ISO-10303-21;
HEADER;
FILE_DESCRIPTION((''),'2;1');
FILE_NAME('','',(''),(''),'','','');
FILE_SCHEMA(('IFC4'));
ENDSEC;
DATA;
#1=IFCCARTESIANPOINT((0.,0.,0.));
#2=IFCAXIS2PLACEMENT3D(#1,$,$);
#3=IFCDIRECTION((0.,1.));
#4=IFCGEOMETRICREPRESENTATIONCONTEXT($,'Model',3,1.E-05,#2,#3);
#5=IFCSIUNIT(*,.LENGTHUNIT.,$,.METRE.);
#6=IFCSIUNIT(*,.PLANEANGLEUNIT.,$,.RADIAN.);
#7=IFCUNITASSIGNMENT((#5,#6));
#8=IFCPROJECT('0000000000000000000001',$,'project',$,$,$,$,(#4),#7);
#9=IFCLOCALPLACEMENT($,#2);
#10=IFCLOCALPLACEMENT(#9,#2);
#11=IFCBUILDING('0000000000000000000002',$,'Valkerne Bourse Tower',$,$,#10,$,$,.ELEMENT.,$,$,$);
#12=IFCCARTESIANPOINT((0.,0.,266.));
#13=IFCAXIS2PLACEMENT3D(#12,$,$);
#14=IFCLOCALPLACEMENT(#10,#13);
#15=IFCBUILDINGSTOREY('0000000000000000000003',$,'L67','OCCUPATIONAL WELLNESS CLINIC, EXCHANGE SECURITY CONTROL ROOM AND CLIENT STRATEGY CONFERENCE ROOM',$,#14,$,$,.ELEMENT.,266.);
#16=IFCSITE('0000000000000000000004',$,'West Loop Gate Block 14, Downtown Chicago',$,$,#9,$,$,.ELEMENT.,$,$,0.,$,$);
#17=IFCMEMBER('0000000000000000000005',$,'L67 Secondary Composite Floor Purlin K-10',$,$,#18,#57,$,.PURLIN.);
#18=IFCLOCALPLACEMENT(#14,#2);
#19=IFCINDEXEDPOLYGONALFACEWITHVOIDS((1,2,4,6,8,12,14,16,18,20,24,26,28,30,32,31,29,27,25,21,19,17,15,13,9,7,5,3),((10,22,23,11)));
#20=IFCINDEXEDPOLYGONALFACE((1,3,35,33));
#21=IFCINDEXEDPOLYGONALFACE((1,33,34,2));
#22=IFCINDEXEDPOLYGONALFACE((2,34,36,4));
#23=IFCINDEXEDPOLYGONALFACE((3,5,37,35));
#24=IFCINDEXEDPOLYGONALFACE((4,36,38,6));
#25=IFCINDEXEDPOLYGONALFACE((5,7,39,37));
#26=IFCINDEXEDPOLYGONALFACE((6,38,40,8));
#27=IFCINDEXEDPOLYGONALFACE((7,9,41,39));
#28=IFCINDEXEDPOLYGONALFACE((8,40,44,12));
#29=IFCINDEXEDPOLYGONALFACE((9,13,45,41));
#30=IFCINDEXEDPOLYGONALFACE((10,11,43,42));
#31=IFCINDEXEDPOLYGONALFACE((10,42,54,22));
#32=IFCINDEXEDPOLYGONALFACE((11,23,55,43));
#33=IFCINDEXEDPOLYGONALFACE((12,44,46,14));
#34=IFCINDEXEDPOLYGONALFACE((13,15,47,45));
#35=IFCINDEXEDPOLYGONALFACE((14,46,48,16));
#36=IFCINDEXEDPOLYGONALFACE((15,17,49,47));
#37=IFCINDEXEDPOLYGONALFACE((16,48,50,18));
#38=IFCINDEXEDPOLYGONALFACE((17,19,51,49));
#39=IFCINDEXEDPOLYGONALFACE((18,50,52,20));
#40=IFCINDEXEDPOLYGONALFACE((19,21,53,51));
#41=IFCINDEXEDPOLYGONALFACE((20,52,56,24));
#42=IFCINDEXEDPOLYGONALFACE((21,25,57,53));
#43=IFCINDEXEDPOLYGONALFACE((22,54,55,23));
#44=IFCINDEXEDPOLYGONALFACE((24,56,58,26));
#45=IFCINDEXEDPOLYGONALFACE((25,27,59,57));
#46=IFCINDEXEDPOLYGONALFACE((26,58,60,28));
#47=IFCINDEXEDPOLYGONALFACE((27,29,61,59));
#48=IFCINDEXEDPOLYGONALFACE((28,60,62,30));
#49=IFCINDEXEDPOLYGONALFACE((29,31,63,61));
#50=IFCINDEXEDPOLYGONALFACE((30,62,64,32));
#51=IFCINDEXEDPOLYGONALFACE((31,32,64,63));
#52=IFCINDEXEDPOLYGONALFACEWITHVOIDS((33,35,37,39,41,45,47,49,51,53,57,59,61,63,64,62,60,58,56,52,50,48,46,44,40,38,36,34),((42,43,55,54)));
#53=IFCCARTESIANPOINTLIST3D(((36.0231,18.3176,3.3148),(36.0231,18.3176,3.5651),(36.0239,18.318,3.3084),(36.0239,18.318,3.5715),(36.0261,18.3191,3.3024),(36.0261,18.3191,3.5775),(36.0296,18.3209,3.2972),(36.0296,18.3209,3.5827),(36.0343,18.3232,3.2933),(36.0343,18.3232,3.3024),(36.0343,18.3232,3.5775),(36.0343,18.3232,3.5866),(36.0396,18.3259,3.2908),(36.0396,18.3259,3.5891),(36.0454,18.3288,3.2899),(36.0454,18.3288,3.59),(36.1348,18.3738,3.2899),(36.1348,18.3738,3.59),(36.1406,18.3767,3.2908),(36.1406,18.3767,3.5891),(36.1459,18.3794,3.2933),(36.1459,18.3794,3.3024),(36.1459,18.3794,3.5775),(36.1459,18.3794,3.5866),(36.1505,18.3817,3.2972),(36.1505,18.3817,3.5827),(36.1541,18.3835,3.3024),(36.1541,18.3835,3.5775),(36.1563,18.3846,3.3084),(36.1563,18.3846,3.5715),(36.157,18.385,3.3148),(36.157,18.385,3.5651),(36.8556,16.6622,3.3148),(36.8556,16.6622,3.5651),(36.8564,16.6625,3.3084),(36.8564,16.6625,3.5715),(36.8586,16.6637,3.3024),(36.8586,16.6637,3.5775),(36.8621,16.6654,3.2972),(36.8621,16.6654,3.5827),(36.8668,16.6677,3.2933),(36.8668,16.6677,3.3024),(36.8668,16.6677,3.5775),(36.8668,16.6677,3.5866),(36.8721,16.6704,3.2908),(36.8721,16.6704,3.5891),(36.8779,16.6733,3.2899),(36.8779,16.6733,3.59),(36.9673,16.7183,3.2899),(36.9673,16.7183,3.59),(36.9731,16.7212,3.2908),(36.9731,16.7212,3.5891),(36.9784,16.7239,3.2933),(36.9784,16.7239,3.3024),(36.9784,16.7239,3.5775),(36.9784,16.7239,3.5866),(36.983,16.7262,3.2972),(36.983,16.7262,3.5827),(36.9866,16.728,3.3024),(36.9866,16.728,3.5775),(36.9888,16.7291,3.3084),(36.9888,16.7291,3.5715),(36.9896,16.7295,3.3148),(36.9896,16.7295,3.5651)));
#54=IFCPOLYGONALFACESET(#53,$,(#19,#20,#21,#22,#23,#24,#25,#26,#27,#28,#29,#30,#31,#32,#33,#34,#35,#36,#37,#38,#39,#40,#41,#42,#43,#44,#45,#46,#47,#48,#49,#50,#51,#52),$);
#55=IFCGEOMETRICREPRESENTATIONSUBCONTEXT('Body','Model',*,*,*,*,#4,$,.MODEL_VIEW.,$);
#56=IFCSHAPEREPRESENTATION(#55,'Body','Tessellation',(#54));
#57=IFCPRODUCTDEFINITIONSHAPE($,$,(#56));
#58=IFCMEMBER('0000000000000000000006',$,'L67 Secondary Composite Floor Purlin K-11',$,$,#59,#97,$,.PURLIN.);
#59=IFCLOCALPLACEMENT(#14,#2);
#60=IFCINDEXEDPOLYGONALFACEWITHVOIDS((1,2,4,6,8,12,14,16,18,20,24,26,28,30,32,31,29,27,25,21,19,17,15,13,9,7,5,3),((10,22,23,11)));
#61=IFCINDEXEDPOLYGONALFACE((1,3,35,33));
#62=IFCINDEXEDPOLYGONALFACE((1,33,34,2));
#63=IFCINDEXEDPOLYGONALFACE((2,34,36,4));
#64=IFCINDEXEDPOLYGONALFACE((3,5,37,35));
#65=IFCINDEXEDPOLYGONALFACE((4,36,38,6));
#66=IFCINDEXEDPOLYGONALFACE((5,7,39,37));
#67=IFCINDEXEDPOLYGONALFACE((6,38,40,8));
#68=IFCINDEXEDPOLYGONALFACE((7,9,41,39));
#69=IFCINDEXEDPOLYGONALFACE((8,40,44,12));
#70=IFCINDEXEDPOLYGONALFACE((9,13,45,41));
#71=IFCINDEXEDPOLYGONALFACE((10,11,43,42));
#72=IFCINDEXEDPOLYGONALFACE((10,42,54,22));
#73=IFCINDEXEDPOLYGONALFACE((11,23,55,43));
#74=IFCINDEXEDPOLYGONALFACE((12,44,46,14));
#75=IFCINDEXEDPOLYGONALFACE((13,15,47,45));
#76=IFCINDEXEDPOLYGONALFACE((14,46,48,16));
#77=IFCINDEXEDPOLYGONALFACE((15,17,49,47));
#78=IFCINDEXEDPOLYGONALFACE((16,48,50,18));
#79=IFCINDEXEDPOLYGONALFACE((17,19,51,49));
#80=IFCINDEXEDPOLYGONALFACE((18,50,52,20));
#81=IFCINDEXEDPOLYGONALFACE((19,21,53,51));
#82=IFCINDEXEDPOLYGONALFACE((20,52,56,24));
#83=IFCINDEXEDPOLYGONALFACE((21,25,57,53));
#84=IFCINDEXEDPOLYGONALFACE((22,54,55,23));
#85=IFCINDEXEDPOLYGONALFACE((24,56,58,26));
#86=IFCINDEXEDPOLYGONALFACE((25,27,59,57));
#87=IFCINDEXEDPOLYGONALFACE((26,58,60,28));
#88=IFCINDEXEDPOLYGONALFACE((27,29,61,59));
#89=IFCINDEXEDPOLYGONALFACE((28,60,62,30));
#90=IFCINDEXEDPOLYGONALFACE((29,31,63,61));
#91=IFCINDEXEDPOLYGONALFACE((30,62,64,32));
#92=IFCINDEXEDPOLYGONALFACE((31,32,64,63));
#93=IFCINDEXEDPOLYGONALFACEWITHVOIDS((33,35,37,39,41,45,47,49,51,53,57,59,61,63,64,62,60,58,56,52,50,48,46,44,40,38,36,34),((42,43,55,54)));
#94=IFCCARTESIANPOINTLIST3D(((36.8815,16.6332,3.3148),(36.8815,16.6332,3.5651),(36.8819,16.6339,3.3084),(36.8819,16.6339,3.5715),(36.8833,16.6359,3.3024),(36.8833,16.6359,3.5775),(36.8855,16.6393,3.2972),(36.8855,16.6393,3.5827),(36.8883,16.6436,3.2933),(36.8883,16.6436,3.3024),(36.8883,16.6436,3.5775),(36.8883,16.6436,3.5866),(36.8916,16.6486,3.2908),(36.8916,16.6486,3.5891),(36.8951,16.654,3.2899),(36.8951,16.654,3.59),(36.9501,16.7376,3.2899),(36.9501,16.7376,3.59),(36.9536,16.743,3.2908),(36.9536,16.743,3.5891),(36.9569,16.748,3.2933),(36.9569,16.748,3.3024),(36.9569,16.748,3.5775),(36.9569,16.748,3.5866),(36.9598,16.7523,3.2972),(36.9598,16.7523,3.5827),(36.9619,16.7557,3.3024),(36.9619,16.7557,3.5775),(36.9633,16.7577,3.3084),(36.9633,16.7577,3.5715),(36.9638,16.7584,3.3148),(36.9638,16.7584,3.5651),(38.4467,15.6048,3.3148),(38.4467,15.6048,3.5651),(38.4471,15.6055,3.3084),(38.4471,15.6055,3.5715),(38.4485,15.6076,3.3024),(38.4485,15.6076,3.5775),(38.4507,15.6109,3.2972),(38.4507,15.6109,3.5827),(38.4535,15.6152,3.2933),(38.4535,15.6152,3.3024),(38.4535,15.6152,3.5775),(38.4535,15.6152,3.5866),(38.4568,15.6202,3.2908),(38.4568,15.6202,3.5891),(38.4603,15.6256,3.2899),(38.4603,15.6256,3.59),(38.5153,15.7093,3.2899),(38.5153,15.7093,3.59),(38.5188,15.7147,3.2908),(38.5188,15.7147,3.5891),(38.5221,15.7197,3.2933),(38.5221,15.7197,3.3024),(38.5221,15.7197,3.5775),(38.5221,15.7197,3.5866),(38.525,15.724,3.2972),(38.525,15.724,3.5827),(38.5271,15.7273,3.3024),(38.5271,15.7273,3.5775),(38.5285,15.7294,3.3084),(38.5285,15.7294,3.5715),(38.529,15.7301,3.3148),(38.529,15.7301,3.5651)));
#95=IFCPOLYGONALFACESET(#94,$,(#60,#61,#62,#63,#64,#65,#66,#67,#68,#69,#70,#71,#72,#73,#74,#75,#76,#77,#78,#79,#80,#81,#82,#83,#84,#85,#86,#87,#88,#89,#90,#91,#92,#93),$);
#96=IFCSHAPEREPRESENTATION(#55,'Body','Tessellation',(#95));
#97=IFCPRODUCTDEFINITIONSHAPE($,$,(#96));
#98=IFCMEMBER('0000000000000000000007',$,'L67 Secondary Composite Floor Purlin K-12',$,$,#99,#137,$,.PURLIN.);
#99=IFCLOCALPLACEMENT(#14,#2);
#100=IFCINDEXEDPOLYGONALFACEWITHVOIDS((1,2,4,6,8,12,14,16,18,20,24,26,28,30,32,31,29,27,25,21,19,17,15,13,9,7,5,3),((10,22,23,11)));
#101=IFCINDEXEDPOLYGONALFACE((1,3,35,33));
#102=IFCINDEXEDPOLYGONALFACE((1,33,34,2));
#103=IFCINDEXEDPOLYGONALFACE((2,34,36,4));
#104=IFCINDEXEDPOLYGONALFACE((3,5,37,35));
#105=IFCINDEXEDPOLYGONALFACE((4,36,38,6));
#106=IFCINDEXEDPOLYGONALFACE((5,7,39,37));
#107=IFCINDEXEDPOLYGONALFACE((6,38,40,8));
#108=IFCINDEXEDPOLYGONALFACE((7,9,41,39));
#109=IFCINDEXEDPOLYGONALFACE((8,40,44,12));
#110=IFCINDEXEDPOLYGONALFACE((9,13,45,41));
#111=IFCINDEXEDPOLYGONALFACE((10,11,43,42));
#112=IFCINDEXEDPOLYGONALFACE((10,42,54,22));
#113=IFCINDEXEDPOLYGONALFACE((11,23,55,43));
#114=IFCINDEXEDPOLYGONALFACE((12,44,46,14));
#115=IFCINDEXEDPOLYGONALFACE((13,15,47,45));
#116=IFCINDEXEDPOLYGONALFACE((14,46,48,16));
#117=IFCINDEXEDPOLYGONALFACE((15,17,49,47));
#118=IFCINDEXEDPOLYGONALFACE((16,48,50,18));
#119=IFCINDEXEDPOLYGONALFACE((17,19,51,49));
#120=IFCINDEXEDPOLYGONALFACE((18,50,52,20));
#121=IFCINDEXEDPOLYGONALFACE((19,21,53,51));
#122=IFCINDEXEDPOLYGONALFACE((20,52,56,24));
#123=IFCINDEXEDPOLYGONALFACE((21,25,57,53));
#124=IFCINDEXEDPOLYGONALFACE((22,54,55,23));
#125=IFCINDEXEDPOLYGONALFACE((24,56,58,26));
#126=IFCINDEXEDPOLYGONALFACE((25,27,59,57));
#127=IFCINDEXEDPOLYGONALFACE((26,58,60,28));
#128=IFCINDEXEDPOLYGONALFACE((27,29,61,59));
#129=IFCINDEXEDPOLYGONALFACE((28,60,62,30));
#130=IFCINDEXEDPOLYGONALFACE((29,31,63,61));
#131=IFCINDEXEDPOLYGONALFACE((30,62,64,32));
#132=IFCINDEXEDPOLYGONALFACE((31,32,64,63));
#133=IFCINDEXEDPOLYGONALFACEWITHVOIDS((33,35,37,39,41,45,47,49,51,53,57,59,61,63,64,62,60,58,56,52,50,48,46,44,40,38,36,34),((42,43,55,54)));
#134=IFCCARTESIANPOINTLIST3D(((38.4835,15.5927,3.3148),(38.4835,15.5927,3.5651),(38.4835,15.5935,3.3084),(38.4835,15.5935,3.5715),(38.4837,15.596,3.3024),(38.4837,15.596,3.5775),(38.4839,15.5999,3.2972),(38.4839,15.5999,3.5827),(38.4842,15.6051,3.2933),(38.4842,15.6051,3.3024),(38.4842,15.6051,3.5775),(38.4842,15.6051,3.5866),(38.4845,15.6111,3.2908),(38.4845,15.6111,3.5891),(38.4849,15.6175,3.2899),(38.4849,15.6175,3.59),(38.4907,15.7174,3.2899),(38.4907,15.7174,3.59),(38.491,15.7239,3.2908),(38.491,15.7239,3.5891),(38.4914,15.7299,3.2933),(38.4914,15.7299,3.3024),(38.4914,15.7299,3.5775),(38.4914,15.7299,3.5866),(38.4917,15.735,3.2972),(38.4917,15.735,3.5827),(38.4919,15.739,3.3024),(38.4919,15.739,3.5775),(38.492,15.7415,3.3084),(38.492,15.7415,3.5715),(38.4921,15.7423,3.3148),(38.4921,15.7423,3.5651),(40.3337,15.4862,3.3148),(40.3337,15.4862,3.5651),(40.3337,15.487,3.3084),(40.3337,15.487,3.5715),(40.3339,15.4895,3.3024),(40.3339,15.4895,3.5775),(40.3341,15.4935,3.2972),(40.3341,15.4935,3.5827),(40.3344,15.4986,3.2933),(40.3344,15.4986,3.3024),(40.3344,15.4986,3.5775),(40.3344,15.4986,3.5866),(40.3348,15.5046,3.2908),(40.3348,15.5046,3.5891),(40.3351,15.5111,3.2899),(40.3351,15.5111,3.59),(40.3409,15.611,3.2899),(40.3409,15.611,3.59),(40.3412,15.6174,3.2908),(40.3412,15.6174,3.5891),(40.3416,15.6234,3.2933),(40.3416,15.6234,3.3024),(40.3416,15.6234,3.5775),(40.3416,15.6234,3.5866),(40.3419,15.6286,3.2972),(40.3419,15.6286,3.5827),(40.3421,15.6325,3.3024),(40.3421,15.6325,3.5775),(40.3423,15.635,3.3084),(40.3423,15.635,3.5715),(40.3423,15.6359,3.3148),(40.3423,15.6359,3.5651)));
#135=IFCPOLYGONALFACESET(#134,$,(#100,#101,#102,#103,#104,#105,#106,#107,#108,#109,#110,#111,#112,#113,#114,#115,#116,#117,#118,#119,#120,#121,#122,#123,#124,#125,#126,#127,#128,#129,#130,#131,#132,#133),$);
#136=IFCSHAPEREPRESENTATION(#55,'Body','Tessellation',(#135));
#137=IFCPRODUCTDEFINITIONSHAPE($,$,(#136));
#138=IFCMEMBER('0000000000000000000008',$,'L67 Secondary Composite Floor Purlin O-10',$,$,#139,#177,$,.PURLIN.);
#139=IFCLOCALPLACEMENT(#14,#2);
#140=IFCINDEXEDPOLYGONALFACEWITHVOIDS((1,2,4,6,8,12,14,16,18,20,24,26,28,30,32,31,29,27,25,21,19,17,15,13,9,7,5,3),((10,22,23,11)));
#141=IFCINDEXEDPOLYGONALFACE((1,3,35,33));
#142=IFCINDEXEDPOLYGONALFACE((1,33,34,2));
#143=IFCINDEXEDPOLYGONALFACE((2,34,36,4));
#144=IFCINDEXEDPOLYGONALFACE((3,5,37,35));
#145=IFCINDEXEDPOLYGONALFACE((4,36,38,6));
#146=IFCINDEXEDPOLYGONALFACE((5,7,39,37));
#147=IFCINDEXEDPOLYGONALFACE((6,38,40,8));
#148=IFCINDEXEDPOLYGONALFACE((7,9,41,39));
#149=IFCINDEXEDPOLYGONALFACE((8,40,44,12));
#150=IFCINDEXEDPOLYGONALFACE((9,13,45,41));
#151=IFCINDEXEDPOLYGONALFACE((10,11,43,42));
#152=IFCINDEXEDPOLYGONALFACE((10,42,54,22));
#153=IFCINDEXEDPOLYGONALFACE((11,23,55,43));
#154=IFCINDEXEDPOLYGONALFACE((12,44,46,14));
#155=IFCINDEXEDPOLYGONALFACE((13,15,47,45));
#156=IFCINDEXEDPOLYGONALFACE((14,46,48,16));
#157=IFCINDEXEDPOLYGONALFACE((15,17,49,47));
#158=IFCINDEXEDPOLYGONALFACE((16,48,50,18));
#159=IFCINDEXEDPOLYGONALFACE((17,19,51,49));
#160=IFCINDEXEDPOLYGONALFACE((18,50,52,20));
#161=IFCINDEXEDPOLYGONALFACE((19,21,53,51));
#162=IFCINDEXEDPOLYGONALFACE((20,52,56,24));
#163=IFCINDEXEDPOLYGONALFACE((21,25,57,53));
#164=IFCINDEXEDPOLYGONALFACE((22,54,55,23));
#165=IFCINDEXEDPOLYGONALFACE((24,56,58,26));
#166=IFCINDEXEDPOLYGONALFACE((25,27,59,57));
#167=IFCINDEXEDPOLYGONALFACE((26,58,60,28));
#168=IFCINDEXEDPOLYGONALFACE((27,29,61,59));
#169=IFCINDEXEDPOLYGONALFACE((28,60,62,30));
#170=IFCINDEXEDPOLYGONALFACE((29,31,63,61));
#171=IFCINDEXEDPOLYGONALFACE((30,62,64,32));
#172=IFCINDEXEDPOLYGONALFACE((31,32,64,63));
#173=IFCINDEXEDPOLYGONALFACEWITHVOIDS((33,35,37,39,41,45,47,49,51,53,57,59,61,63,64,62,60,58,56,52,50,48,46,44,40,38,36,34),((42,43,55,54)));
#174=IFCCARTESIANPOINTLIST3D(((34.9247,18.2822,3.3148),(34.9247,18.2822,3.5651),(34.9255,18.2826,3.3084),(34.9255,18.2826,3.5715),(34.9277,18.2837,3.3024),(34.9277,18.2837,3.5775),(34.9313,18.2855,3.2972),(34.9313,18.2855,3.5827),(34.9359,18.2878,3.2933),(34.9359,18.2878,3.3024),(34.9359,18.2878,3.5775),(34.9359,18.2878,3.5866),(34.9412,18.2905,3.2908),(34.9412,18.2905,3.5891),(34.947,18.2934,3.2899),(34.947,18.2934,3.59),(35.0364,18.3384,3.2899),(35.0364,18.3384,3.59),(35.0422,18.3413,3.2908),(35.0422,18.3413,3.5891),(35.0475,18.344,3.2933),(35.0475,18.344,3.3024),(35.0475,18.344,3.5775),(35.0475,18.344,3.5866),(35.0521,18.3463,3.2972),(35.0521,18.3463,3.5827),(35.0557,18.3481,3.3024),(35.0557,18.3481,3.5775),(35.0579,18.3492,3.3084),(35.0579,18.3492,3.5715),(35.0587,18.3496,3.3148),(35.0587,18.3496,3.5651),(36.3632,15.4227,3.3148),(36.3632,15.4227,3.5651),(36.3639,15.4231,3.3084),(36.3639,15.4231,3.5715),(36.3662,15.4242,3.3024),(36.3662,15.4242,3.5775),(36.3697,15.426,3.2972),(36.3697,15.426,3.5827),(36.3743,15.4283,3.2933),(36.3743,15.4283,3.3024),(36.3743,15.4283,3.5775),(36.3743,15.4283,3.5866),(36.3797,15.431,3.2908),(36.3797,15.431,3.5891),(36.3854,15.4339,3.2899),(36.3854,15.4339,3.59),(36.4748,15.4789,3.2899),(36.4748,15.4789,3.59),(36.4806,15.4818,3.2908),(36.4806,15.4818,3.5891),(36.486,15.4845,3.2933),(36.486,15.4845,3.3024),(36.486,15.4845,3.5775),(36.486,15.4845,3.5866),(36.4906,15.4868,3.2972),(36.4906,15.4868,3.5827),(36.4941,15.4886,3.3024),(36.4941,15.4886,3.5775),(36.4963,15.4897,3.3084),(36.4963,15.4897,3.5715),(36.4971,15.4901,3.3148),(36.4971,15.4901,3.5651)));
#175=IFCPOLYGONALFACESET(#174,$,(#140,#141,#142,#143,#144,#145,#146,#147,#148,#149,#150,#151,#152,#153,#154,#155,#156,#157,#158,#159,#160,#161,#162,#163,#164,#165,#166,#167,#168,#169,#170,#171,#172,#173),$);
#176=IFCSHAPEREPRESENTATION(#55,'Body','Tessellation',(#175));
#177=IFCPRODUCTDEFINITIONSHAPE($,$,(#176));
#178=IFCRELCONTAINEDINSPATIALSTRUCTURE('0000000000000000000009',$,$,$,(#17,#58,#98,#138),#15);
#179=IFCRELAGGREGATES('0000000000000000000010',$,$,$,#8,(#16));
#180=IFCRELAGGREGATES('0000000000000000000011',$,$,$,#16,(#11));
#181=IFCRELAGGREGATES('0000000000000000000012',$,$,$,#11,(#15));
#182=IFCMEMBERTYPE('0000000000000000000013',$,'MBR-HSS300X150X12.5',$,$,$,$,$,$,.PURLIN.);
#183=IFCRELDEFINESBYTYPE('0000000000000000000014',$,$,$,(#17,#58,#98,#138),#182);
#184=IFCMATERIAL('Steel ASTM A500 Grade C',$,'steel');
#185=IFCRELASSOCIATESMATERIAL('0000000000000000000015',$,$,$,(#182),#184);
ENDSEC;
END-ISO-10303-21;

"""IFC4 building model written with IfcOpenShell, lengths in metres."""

from ifc_helpers import new_model, si_unit, direction, frame, origin, origin_2d, place, context, subcontext, project, spatial, hollow_rectangle, extrude, material, material_profile, profile_set, type_object, element, save


model = new_model("IFC4")

# Units and contexts
model_context = context("Model", 3, precision=1e-05, world=origin(), true_north=direction((0.0, 1.0)))
body_context = subcontext(model_context, "Body", "Model", "MODEL_VIEW")
ifc_project = project(units=[si_unit("LENGTHUNIT", "METRE"), si_unit("PLANEANGLEUNIT", "RADIAN")], contexts=[model_context])

# Site, building, storey
site_placement = place(None, origin())
site = spatial("IfcSite", under=ifc_project, at=site_placement, Name="West Loop Gate Block 14, Downtown Chicago", CompositionType="ELEMENT", RefElevation=0.0)
building_placement = place(site_placement, origin())
building = spatial("IfcBuilding", under=site, at=building_placement, Name="Valkerne Bourse Tower", CompositionType="ELEMENT")
storey_placement = place(building_placement, frame((0.0, 0.0, 266.0)))
storey = spatial("IfcBuildingStorey", under=building, at=storey_placement, Name="L67", Description="OCCUPATIONAL WELLNESS CLINIC, EXCHANGE SECURITY CONTROL ROOM AND CLIENT STRATEGY CONFERENCE ROOM", CompositionType="ELEMENT", Elevation=266.0)

# Members
ifc_material_1 = material(Name="Steel ASTM A500 Grade C", Category="steel")
ifc_material_profile_1 = material_profile(ifc_material_1, hollow_rectangle(XDim=0.1499, YDim=0.3, WallThickness=0.0125, OuterFilletRadius=0.0249, at=origin_2d()), Name="HSS300X150X12.5")
ifc_profile_set_1 = profile_set([ifc_material_profile_1], Name="Steel ASTM A500 Grade C")
member_type_1 = type_object("IfcMemberType", Name="MBR-HSS300X150X12.5", PredefinedType="PURLIN", material=ifc_profile_set_1)
member_1_placement = place(storey_placement, frame((36.0901, 18.3513, 3.4399), z_axis=(0.449268, -0.893397, 0.0), x_axis=(0.893397, 0.449268, 0.0)))
element("IfcMember", 1, at=member_1_placement, inside=storey, type_object=member_type_1, Name="L67 Secondary Composite Floor Purlin K-10", PredefinedType="PURLIN", context=body_context, shape_type="SweptSolid", body=[
    extrude(hollow_rectangle(XDim=0.1499, YDim=0.3, WallThickness=0.0125, OuterFilletRadius=0.0249, at=origin_2d()), origin(), (0.0, 0.0, 1.0), 1.853),
])
member_2_placement = place(storey_placement, frame((36.9226, 16.6958, 3.4399), z_axis=(0.835762, -0.549092, 0.0), x_axis=(0.549092, 0.835762, 0.0)))
element("IfcMember", 2, at=member_2_placement, inside=storey, type_object=member_type_1, Name="L67 Secondary Composite Floor Purlin K-11", PredefinedType="PURLIN", context=body_context, shape_type="SweptSolid", body=[
    extrude(hollow_rectangle(XDim=0.1499, YDim=0.3, WallThickness=0.0125, OuterFilletRadius=0.0249, at=origin_2d()), origin(), (0.0, 0.0, 1.0), 1.8728),
])
member_3_placement = place(storey_placement, frame((38.4878, 15.6675, 3.4399), z_axis=(0.998349, -0.05744, 0.0), x_axis=(0.05744, 0.998349, 0.0)))
element("IfcMember", 3, at=member_3_placement, inside=storey, type_object=member_type_1, Name="L67 Secondary Composite Floor Purlin K-12", PredefinedType="PURLIN", context=body_context, shape_type="SweptSolid", body=[
    extrude(hollow_rectangle(XDim=0.1499, YDim=0.3, WallThickness=0.0125, OuterFilletRadius=0.0249, at=origin_2d()), origin(), (0.0, 0.0, 1.0), 1.8533),
])
member_4_placement = place(storey_placement, frame((34.9917, 18.3159, 3.4399), z_axis=(0.449378, -0.893342, 0.0), x_axis=(0.893342, 0.449378, 0.0)))
element("IfcMember", 4, at=member_4_placement, inside=storey, type_object=member_type_1, Name="L67 Secondary Composite Floor Purlin O-10", PredefinedType="PURLIN", context=body_context, shape_type="SweptSolid", body=[
    extrude(hollow_rectangle(XDim=0.1499, YDim=0.3, WallThickness=0.0125, OuterFilletRadius=0.0249, at=origin_2d()), origin(), (0.0, 0.0, 1.0), 3.2009),
])

save(model, "model.ifc")
